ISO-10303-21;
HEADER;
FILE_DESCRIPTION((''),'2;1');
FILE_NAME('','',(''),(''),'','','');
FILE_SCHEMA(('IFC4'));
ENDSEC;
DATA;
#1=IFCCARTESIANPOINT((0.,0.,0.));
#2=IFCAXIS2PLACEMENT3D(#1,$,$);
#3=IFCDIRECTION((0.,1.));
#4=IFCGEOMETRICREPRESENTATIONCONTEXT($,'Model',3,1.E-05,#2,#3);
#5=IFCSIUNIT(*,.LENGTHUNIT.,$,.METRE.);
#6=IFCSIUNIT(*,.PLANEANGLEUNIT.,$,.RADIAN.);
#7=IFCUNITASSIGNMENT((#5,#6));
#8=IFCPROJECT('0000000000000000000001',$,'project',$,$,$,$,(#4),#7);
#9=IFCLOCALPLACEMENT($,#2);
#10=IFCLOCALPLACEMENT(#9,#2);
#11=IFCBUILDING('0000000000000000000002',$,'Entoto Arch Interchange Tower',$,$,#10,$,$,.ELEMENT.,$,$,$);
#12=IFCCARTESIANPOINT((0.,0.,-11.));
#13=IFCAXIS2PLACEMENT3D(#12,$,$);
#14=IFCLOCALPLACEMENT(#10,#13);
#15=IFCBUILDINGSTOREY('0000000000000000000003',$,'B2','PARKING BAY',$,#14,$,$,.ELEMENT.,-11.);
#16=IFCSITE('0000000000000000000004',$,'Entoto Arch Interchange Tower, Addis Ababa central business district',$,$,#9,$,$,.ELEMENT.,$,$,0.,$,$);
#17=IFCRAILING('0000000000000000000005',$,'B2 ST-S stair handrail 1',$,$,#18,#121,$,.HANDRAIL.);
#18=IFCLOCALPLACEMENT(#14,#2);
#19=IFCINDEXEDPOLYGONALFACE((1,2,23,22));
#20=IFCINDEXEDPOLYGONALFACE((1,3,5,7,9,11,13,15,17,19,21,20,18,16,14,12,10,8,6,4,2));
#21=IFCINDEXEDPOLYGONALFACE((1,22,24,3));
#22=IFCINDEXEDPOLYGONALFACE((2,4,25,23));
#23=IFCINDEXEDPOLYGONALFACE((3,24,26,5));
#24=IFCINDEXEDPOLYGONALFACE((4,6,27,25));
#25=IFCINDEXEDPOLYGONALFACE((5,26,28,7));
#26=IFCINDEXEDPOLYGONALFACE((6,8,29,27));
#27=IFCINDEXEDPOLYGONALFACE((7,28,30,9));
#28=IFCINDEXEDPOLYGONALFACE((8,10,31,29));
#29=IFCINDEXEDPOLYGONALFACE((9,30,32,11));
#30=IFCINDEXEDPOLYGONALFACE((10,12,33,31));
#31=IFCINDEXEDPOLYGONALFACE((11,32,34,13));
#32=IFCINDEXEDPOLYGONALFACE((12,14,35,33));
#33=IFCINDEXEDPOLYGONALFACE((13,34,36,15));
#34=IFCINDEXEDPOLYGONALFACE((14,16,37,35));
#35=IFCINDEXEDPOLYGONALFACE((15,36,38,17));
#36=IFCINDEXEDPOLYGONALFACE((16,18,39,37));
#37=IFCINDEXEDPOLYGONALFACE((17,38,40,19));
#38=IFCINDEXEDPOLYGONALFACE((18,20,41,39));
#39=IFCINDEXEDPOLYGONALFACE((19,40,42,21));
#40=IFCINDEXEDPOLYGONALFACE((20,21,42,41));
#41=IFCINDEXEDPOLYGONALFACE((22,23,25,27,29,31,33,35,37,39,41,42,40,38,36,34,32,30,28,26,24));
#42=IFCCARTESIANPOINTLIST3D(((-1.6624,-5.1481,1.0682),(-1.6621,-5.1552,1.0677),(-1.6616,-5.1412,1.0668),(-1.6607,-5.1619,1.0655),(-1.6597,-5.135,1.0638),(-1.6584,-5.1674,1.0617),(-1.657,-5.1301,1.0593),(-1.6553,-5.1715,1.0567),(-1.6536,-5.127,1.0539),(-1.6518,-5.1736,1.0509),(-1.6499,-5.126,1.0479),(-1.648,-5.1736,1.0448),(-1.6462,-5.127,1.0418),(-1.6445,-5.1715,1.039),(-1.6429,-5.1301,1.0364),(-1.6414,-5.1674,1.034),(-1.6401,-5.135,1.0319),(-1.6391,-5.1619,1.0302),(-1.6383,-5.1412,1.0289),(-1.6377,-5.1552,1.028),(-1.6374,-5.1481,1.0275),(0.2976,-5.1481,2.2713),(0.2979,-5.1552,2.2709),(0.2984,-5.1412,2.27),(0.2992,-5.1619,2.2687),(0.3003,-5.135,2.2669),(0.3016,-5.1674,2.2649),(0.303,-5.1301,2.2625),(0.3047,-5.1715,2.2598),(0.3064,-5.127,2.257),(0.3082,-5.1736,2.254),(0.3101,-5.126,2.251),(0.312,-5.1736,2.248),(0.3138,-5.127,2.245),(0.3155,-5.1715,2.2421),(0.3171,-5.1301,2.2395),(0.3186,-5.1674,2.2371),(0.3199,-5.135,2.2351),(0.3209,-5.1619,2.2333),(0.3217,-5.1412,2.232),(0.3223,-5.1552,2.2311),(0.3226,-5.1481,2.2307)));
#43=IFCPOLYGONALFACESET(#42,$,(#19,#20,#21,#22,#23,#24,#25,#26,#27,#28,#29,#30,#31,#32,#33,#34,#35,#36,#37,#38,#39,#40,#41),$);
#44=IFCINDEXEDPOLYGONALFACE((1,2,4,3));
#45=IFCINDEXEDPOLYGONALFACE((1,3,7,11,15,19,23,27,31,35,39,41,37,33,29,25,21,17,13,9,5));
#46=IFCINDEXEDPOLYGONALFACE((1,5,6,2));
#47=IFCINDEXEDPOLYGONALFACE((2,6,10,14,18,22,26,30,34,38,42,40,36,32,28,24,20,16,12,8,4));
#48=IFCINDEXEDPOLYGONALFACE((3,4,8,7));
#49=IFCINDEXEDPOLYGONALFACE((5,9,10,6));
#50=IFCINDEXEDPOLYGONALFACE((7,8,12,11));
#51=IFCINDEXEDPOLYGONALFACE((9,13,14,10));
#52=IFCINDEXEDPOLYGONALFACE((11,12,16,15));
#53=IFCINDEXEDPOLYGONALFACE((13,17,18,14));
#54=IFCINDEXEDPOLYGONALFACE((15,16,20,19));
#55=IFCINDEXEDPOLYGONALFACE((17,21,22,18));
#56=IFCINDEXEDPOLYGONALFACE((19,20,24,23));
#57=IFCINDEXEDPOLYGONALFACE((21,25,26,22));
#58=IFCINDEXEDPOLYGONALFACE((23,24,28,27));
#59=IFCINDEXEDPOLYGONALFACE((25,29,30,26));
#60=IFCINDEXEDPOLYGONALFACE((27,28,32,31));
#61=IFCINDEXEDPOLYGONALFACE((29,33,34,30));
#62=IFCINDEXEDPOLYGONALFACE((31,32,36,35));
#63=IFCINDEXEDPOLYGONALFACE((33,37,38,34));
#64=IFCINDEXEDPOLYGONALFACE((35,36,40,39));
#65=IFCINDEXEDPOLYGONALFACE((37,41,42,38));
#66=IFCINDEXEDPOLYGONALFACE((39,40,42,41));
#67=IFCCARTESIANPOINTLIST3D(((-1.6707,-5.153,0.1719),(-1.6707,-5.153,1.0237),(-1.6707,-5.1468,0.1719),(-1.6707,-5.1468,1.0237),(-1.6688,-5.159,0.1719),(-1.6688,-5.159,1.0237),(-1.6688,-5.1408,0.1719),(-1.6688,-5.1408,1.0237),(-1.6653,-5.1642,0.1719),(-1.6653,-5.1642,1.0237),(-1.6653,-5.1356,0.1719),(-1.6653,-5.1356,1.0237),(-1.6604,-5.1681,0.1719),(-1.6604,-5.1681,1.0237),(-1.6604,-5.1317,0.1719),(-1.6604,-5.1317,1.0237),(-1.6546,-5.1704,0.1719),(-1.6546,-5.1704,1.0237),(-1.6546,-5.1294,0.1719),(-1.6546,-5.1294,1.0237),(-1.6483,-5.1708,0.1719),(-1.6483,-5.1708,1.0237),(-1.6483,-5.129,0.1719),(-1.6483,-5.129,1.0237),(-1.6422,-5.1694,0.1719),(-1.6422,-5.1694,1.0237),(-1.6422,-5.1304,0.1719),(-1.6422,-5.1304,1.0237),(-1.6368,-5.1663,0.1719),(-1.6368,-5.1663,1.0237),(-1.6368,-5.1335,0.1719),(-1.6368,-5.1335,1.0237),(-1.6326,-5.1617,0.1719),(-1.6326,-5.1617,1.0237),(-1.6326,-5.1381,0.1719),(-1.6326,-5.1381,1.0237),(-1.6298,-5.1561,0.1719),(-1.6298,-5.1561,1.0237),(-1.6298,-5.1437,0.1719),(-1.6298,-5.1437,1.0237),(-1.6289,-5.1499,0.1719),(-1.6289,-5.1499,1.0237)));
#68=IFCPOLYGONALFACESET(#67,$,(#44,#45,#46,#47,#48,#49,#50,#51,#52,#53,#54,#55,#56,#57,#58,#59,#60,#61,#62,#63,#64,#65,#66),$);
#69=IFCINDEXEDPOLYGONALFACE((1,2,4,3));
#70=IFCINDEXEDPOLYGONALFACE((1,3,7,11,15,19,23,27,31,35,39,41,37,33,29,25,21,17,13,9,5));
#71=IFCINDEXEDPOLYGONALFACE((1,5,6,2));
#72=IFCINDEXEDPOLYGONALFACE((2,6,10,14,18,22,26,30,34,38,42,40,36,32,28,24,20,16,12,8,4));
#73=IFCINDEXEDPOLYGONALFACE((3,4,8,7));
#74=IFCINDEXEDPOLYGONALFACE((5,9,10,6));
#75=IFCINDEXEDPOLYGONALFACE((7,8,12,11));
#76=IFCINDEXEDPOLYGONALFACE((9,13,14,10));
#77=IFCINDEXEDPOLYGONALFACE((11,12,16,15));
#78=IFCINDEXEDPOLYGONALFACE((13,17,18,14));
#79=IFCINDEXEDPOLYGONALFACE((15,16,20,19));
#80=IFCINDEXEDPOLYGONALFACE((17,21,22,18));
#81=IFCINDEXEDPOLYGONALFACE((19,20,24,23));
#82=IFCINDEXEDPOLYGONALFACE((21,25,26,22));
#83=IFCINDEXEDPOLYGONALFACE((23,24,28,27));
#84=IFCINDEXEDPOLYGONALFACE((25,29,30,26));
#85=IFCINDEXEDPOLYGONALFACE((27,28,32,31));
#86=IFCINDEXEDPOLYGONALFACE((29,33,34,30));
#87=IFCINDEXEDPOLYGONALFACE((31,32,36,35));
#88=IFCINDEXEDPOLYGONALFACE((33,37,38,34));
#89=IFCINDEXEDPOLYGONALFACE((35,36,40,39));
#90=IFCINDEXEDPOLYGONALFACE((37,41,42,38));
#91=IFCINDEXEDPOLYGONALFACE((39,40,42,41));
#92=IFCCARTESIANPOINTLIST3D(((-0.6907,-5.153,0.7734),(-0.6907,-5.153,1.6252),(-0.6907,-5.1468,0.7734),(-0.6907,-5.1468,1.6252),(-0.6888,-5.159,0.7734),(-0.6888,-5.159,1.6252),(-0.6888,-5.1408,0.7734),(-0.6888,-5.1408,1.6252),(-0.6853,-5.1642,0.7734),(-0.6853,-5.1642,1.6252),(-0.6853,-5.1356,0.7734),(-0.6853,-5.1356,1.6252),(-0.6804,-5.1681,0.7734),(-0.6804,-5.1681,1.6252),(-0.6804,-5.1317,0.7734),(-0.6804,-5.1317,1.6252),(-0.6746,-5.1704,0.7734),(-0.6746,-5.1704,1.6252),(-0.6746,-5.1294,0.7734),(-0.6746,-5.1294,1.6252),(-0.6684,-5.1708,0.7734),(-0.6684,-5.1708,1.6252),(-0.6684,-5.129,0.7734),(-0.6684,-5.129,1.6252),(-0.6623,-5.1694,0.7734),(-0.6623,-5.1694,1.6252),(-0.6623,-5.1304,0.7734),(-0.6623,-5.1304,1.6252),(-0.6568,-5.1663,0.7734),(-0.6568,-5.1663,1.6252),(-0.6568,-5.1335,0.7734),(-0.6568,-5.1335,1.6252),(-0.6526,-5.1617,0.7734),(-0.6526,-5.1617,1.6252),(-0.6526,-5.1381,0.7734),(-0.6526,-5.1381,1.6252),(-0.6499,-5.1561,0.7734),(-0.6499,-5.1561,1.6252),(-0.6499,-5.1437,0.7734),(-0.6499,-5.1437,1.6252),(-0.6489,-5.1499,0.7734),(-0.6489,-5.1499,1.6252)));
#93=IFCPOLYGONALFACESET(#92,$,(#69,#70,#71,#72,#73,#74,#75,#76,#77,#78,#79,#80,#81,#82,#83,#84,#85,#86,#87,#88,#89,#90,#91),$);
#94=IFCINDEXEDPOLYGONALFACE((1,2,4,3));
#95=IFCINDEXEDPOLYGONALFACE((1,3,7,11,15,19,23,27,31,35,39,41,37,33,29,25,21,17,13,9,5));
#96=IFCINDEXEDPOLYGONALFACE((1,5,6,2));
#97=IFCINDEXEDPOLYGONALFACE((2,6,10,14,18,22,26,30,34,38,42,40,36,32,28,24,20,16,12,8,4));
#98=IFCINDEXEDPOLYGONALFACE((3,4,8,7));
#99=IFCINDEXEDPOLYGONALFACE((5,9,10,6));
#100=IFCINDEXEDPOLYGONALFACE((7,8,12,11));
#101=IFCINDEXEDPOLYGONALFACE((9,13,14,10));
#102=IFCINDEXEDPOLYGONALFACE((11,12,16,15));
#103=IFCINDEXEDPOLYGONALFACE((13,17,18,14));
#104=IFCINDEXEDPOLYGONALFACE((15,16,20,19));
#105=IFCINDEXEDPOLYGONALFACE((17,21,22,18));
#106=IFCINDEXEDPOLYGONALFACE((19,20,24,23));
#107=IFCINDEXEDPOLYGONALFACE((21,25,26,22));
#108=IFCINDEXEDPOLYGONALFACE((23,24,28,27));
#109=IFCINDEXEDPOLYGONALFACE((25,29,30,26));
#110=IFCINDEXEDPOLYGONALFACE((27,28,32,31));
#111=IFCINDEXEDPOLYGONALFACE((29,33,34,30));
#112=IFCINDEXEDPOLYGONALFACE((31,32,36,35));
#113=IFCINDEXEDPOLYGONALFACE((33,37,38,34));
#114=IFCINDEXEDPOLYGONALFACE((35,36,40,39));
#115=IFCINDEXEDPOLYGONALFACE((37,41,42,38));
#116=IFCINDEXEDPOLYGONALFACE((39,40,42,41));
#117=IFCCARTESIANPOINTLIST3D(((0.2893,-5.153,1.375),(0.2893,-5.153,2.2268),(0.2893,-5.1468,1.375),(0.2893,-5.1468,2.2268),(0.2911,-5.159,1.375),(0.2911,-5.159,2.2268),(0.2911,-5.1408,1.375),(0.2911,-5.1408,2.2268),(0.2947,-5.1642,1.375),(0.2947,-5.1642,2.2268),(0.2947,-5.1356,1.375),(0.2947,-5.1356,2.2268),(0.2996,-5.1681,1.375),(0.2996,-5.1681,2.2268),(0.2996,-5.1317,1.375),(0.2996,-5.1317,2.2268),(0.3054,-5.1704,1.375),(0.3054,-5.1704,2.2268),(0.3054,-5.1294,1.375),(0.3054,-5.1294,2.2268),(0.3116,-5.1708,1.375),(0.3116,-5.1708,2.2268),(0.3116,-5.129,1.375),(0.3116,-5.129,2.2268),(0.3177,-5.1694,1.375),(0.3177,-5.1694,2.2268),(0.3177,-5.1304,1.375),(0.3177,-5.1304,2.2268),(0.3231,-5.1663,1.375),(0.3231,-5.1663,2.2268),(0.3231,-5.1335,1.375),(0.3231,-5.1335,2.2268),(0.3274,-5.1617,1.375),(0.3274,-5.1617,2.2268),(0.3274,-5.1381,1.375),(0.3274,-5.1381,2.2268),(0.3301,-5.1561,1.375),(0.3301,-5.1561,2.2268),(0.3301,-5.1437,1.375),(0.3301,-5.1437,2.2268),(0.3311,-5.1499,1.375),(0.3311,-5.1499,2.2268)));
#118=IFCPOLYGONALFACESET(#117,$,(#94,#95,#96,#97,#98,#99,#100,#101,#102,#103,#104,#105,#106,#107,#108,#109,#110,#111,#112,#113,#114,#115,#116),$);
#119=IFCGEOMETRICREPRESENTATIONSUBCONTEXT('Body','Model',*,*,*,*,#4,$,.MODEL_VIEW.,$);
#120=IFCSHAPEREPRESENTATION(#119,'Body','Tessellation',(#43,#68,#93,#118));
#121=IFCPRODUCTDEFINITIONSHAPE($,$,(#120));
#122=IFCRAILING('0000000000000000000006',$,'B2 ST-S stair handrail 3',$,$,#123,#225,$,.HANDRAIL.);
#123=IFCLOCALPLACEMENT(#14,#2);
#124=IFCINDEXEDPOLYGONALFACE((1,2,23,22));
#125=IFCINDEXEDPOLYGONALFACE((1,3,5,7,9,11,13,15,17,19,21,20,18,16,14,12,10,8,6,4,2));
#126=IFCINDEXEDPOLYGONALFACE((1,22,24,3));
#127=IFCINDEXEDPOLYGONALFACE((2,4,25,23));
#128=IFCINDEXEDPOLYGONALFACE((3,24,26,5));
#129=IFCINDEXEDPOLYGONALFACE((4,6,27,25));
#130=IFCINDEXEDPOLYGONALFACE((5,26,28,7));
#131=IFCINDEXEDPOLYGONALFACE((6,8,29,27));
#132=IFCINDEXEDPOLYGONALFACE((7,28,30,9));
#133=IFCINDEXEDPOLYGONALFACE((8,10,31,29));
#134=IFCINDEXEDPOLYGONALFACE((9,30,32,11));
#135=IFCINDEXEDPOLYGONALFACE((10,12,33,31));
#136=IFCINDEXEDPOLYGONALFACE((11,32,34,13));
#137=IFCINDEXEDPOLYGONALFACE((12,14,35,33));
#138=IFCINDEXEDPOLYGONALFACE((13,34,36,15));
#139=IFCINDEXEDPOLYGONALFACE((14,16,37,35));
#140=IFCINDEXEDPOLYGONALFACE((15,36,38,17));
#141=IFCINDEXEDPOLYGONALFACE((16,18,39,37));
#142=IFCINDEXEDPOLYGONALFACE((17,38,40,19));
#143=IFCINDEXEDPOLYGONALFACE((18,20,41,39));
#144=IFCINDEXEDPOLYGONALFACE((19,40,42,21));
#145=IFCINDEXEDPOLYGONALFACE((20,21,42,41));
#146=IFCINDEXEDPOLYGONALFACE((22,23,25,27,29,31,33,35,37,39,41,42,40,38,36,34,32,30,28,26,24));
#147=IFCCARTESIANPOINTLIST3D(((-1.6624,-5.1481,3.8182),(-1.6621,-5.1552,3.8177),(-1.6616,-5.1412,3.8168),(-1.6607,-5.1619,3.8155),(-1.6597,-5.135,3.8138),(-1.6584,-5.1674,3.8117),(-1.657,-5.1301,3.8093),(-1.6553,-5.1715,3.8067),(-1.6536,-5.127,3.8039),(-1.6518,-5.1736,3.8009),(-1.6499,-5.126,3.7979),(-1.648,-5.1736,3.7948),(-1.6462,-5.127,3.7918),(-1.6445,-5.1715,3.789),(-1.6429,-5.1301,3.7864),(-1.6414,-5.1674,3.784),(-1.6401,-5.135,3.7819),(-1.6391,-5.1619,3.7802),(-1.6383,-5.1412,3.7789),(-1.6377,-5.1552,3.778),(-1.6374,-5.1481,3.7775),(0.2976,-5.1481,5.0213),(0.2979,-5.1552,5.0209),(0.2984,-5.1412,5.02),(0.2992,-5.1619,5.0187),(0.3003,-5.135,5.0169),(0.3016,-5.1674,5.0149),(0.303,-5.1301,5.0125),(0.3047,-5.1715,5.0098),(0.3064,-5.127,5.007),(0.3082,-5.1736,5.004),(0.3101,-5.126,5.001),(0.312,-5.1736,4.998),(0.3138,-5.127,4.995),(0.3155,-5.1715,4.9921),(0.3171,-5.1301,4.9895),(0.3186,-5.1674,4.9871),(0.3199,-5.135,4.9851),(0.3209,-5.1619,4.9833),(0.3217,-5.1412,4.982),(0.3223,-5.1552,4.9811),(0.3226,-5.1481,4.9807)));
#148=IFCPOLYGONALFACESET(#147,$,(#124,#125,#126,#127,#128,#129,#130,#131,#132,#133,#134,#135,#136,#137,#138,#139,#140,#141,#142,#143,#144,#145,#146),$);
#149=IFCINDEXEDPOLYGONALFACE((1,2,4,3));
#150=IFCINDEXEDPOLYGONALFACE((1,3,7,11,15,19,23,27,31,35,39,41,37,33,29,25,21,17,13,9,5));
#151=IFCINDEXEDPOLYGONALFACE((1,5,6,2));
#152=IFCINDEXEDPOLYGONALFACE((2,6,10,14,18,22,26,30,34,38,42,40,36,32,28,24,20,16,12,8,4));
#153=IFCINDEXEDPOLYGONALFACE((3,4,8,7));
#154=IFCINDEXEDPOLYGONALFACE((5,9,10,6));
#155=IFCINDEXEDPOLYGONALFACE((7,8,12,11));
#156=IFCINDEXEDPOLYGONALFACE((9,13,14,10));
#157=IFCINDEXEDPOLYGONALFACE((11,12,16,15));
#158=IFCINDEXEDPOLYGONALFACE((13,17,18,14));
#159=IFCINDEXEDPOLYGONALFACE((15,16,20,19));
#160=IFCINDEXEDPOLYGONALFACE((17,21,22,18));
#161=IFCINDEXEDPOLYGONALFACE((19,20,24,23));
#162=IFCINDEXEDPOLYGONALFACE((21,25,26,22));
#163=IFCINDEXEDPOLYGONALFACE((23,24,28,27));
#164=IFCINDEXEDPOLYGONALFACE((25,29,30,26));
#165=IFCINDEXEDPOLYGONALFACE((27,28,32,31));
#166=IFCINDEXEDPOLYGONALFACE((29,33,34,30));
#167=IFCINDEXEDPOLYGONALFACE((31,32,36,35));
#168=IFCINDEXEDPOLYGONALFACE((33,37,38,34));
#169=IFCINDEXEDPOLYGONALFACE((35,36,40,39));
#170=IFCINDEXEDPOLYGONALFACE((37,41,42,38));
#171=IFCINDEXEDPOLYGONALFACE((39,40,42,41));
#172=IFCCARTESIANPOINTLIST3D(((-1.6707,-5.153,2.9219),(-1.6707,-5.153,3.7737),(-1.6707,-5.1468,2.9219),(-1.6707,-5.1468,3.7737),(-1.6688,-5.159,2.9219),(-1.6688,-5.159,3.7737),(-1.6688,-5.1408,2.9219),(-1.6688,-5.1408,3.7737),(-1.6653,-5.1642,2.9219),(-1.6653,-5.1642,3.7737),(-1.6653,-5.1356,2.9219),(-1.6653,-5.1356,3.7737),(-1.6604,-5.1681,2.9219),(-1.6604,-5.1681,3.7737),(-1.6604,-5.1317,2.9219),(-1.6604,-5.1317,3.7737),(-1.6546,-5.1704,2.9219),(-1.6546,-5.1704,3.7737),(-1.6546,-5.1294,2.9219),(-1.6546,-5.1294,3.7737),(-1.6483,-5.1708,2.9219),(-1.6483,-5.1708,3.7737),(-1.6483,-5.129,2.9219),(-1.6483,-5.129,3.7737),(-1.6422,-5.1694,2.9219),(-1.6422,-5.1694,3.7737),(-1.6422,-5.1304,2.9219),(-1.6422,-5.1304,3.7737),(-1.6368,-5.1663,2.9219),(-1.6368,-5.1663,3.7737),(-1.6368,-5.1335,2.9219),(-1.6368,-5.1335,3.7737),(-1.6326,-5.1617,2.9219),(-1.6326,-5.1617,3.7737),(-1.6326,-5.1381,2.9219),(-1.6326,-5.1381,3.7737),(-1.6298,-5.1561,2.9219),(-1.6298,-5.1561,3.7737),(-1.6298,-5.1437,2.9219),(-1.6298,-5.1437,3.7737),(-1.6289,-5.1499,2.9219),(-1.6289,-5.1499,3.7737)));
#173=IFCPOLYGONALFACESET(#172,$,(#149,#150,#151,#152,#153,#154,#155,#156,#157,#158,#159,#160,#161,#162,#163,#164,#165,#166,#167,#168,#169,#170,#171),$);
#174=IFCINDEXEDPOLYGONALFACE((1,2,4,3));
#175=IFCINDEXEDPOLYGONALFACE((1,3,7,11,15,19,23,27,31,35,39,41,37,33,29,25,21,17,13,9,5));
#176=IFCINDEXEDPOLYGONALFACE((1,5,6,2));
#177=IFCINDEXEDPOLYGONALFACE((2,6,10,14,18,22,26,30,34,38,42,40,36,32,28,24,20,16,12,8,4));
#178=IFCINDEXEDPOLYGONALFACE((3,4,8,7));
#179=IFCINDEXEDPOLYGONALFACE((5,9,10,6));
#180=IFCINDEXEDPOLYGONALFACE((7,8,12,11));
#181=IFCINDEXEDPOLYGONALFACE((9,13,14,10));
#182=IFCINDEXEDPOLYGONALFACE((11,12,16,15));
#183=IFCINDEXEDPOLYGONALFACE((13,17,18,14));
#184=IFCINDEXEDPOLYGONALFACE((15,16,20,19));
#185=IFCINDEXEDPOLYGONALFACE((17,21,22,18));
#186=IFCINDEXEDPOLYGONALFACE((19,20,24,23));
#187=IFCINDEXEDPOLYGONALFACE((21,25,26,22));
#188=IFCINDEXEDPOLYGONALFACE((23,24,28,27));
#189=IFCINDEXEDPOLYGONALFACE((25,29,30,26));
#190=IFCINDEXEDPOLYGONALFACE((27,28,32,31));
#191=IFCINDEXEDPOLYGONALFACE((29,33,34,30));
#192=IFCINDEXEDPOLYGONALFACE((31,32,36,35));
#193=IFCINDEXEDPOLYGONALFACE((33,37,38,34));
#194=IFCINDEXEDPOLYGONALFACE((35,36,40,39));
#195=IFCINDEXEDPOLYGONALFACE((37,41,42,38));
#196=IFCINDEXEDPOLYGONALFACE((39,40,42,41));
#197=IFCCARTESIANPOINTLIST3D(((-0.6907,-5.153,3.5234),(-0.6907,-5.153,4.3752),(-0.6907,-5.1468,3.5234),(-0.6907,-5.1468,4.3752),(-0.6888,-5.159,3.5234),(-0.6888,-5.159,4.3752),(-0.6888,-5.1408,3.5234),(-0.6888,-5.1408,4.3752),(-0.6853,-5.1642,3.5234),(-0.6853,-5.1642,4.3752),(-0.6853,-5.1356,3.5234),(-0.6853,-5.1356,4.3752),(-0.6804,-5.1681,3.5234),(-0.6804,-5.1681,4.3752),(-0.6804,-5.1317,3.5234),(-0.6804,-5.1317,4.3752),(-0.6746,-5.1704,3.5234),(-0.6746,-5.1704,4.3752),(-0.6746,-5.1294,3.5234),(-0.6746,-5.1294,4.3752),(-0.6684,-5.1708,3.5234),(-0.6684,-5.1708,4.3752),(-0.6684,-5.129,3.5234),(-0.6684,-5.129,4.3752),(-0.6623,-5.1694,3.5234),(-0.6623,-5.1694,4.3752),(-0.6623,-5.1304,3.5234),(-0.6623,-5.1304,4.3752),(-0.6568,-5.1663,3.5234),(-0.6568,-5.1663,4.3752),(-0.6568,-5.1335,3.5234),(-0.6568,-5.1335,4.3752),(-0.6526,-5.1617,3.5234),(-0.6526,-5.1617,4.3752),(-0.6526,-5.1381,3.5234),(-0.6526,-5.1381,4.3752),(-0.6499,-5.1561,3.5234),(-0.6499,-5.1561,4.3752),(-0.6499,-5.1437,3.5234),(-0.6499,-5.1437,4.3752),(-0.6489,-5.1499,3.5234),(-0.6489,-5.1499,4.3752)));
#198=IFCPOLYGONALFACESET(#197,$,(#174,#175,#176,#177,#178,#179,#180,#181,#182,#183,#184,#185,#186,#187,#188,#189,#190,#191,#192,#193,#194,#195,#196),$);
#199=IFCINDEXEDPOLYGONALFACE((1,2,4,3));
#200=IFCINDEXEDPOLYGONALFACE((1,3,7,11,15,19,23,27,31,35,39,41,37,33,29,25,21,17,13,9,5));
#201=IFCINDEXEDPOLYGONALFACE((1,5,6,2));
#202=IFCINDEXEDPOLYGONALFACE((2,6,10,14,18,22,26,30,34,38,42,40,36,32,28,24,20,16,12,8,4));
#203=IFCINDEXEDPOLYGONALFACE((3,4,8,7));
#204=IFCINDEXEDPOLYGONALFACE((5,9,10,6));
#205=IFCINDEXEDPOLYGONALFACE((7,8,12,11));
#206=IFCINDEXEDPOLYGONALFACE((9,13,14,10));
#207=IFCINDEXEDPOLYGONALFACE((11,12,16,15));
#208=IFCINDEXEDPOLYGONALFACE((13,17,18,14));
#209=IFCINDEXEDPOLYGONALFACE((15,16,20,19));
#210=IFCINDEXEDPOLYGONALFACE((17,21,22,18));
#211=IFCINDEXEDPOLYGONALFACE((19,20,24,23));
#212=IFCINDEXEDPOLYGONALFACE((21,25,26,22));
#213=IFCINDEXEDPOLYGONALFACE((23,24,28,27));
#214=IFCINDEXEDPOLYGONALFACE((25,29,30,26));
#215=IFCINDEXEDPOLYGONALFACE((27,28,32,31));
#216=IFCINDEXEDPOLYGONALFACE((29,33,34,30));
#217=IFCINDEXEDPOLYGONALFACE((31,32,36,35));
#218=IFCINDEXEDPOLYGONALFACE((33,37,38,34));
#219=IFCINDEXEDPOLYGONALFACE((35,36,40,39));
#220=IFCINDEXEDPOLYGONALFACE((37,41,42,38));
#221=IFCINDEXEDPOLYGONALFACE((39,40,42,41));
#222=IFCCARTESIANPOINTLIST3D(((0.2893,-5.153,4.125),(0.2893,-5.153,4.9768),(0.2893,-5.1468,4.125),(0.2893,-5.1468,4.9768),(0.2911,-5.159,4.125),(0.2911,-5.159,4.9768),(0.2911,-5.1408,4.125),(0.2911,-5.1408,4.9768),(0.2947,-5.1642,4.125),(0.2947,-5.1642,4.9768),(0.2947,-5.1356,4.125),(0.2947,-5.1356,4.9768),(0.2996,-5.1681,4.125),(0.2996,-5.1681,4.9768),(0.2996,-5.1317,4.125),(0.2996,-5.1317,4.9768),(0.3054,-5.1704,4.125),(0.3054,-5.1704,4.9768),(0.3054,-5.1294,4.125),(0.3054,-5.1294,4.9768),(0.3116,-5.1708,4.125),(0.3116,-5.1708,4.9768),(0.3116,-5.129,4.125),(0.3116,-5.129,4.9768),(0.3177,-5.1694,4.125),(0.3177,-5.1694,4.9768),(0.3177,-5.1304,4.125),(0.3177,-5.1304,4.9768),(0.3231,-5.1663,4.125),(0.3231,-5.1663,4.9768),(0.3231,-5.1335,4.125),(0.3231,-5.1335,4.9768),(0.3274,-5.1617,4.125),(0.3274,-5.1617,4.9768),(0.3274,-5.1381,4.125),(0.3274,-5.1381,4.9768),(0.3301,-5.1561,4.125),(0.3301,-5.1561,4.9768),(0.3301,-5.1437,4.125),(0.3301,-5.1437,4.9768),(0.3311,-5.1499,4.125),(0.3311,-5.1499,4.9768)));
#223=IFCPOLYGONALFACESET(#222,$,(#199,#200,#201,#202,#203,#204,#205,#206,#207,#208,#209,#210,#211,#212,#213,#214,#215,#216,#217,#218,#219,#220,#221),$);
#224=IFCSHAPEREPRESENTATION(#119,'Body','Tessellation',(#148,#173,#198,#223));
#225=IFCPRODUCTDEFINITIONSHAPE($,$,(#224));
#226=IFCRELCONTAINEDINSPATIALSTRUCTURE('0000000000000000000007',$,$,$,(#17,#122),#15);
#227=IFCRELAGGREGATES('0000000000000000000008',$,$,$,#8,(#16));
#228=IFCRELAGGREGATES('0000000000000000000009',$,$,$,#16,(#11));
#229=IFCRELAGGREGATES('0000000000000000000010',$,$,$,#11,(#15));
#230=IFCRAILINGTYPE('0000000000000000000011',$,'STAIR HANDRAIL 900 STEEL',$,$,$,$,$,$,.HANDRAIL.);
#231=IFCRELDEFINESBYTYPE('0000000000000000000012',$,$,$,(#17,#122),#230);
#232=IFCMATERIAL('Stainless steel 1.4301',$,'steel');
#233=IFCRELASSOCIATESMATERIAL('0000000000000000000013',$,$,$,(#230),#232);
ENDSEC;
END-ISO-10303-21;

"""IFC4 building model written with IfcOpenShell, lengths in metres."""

from ifc_helpers import new_model, si_unit, direction, frame, origin, origin_2d, place, context, subcontext, project, spatial, circle, extrude, material, type_object, element, save


model = new_model("IFC4")

# Units and contexts
model_context = context("Model", 3, precision=1e-05, world=origin(), true_north=direction((0.0, 1.0)))
body_context = subcontext(model_context, "Body", "Model", "MODEL_VIEW")
ifc_project = project(units=[si_unit("LENGTHUNIT", "METRE"), si_unit("PLANEANGLEUNIT", "RADIAN")], contexts=[model_context])

# Site, building, storey
site_placement = place(None, origin())
site = spatial("IfcSite", under=ifc_project, at=site_placement, Name="Entoto Arch Interchange Tower, Addis Ababa central business district", CompositionType="ELEMENT", RefElevation=0.0)
building_placement = place(site_placement, origin())
building = spatial("IfcBuilding", under=site, at=building_placement, Name="Entoto Arch Interchange Tower", CompositionType="ELEMENT")
storey_placement = place(building_placement, frame((0.0, 0.0, -11.0)))
storey = spatial("IfcBuildingStorey", under=building, at=storey_placement, Name="B2", Description="PARKING BAY", CompositionType="ELEMENT", Elevation=-11.0)

# Railings
ifc_material_1 = material(Name="Stainless steel 1.4301", Category="steel")
railing_type_1 = type_object("IfcRailingType", Name="STAIR HANDRAIL 900 STEEL", PredefinedType="HANDRAIL", material=ifc_material_1)
for number, where, name in (
    (1, (-1.6499, -5.1499, 0.1719), "B2 ST-S stair handrail 1"),
    (2, (-1.6499, -5.1499, 2.9219), "B2 ST-S stair handrail 3"),
):
    element("IfcRailing", number, at=place(storey_placement, frame(where)), inside=storey, type_object=railing_type_1, Name=name, PredefinedType="HANDRAIL", context=body_context, shape_type="SweptSolid", body=[
        extrude(circle(Radius=0.0239, at=origin_2d()), frame((0.0, 0.0, 0.876), z_axis=(0.852241, 0.0, 0.523149), x_axis=(0.0, 1.0, 0.0)), (0.0, 0.0, 1.0), 2.2998),
        extrude(circle(Radius=0.021, at=origin_2d()), origin(), (0.0, 0.0, 1.0), 0.8518),
        extrude(circle(Radius=0.021, at=origin_2d()), frame((0.98, 0.0, 0.6016)), (0.0, 0.0, 1.0), 0.8518),
        extrude(circle(Radius=0.021, at=origin_2d()), frame((1.96, 0.0, 1.2031)), (0.0, 0.0, 1.0), 0.8518),
    ])

save(model, "model.ifc")
